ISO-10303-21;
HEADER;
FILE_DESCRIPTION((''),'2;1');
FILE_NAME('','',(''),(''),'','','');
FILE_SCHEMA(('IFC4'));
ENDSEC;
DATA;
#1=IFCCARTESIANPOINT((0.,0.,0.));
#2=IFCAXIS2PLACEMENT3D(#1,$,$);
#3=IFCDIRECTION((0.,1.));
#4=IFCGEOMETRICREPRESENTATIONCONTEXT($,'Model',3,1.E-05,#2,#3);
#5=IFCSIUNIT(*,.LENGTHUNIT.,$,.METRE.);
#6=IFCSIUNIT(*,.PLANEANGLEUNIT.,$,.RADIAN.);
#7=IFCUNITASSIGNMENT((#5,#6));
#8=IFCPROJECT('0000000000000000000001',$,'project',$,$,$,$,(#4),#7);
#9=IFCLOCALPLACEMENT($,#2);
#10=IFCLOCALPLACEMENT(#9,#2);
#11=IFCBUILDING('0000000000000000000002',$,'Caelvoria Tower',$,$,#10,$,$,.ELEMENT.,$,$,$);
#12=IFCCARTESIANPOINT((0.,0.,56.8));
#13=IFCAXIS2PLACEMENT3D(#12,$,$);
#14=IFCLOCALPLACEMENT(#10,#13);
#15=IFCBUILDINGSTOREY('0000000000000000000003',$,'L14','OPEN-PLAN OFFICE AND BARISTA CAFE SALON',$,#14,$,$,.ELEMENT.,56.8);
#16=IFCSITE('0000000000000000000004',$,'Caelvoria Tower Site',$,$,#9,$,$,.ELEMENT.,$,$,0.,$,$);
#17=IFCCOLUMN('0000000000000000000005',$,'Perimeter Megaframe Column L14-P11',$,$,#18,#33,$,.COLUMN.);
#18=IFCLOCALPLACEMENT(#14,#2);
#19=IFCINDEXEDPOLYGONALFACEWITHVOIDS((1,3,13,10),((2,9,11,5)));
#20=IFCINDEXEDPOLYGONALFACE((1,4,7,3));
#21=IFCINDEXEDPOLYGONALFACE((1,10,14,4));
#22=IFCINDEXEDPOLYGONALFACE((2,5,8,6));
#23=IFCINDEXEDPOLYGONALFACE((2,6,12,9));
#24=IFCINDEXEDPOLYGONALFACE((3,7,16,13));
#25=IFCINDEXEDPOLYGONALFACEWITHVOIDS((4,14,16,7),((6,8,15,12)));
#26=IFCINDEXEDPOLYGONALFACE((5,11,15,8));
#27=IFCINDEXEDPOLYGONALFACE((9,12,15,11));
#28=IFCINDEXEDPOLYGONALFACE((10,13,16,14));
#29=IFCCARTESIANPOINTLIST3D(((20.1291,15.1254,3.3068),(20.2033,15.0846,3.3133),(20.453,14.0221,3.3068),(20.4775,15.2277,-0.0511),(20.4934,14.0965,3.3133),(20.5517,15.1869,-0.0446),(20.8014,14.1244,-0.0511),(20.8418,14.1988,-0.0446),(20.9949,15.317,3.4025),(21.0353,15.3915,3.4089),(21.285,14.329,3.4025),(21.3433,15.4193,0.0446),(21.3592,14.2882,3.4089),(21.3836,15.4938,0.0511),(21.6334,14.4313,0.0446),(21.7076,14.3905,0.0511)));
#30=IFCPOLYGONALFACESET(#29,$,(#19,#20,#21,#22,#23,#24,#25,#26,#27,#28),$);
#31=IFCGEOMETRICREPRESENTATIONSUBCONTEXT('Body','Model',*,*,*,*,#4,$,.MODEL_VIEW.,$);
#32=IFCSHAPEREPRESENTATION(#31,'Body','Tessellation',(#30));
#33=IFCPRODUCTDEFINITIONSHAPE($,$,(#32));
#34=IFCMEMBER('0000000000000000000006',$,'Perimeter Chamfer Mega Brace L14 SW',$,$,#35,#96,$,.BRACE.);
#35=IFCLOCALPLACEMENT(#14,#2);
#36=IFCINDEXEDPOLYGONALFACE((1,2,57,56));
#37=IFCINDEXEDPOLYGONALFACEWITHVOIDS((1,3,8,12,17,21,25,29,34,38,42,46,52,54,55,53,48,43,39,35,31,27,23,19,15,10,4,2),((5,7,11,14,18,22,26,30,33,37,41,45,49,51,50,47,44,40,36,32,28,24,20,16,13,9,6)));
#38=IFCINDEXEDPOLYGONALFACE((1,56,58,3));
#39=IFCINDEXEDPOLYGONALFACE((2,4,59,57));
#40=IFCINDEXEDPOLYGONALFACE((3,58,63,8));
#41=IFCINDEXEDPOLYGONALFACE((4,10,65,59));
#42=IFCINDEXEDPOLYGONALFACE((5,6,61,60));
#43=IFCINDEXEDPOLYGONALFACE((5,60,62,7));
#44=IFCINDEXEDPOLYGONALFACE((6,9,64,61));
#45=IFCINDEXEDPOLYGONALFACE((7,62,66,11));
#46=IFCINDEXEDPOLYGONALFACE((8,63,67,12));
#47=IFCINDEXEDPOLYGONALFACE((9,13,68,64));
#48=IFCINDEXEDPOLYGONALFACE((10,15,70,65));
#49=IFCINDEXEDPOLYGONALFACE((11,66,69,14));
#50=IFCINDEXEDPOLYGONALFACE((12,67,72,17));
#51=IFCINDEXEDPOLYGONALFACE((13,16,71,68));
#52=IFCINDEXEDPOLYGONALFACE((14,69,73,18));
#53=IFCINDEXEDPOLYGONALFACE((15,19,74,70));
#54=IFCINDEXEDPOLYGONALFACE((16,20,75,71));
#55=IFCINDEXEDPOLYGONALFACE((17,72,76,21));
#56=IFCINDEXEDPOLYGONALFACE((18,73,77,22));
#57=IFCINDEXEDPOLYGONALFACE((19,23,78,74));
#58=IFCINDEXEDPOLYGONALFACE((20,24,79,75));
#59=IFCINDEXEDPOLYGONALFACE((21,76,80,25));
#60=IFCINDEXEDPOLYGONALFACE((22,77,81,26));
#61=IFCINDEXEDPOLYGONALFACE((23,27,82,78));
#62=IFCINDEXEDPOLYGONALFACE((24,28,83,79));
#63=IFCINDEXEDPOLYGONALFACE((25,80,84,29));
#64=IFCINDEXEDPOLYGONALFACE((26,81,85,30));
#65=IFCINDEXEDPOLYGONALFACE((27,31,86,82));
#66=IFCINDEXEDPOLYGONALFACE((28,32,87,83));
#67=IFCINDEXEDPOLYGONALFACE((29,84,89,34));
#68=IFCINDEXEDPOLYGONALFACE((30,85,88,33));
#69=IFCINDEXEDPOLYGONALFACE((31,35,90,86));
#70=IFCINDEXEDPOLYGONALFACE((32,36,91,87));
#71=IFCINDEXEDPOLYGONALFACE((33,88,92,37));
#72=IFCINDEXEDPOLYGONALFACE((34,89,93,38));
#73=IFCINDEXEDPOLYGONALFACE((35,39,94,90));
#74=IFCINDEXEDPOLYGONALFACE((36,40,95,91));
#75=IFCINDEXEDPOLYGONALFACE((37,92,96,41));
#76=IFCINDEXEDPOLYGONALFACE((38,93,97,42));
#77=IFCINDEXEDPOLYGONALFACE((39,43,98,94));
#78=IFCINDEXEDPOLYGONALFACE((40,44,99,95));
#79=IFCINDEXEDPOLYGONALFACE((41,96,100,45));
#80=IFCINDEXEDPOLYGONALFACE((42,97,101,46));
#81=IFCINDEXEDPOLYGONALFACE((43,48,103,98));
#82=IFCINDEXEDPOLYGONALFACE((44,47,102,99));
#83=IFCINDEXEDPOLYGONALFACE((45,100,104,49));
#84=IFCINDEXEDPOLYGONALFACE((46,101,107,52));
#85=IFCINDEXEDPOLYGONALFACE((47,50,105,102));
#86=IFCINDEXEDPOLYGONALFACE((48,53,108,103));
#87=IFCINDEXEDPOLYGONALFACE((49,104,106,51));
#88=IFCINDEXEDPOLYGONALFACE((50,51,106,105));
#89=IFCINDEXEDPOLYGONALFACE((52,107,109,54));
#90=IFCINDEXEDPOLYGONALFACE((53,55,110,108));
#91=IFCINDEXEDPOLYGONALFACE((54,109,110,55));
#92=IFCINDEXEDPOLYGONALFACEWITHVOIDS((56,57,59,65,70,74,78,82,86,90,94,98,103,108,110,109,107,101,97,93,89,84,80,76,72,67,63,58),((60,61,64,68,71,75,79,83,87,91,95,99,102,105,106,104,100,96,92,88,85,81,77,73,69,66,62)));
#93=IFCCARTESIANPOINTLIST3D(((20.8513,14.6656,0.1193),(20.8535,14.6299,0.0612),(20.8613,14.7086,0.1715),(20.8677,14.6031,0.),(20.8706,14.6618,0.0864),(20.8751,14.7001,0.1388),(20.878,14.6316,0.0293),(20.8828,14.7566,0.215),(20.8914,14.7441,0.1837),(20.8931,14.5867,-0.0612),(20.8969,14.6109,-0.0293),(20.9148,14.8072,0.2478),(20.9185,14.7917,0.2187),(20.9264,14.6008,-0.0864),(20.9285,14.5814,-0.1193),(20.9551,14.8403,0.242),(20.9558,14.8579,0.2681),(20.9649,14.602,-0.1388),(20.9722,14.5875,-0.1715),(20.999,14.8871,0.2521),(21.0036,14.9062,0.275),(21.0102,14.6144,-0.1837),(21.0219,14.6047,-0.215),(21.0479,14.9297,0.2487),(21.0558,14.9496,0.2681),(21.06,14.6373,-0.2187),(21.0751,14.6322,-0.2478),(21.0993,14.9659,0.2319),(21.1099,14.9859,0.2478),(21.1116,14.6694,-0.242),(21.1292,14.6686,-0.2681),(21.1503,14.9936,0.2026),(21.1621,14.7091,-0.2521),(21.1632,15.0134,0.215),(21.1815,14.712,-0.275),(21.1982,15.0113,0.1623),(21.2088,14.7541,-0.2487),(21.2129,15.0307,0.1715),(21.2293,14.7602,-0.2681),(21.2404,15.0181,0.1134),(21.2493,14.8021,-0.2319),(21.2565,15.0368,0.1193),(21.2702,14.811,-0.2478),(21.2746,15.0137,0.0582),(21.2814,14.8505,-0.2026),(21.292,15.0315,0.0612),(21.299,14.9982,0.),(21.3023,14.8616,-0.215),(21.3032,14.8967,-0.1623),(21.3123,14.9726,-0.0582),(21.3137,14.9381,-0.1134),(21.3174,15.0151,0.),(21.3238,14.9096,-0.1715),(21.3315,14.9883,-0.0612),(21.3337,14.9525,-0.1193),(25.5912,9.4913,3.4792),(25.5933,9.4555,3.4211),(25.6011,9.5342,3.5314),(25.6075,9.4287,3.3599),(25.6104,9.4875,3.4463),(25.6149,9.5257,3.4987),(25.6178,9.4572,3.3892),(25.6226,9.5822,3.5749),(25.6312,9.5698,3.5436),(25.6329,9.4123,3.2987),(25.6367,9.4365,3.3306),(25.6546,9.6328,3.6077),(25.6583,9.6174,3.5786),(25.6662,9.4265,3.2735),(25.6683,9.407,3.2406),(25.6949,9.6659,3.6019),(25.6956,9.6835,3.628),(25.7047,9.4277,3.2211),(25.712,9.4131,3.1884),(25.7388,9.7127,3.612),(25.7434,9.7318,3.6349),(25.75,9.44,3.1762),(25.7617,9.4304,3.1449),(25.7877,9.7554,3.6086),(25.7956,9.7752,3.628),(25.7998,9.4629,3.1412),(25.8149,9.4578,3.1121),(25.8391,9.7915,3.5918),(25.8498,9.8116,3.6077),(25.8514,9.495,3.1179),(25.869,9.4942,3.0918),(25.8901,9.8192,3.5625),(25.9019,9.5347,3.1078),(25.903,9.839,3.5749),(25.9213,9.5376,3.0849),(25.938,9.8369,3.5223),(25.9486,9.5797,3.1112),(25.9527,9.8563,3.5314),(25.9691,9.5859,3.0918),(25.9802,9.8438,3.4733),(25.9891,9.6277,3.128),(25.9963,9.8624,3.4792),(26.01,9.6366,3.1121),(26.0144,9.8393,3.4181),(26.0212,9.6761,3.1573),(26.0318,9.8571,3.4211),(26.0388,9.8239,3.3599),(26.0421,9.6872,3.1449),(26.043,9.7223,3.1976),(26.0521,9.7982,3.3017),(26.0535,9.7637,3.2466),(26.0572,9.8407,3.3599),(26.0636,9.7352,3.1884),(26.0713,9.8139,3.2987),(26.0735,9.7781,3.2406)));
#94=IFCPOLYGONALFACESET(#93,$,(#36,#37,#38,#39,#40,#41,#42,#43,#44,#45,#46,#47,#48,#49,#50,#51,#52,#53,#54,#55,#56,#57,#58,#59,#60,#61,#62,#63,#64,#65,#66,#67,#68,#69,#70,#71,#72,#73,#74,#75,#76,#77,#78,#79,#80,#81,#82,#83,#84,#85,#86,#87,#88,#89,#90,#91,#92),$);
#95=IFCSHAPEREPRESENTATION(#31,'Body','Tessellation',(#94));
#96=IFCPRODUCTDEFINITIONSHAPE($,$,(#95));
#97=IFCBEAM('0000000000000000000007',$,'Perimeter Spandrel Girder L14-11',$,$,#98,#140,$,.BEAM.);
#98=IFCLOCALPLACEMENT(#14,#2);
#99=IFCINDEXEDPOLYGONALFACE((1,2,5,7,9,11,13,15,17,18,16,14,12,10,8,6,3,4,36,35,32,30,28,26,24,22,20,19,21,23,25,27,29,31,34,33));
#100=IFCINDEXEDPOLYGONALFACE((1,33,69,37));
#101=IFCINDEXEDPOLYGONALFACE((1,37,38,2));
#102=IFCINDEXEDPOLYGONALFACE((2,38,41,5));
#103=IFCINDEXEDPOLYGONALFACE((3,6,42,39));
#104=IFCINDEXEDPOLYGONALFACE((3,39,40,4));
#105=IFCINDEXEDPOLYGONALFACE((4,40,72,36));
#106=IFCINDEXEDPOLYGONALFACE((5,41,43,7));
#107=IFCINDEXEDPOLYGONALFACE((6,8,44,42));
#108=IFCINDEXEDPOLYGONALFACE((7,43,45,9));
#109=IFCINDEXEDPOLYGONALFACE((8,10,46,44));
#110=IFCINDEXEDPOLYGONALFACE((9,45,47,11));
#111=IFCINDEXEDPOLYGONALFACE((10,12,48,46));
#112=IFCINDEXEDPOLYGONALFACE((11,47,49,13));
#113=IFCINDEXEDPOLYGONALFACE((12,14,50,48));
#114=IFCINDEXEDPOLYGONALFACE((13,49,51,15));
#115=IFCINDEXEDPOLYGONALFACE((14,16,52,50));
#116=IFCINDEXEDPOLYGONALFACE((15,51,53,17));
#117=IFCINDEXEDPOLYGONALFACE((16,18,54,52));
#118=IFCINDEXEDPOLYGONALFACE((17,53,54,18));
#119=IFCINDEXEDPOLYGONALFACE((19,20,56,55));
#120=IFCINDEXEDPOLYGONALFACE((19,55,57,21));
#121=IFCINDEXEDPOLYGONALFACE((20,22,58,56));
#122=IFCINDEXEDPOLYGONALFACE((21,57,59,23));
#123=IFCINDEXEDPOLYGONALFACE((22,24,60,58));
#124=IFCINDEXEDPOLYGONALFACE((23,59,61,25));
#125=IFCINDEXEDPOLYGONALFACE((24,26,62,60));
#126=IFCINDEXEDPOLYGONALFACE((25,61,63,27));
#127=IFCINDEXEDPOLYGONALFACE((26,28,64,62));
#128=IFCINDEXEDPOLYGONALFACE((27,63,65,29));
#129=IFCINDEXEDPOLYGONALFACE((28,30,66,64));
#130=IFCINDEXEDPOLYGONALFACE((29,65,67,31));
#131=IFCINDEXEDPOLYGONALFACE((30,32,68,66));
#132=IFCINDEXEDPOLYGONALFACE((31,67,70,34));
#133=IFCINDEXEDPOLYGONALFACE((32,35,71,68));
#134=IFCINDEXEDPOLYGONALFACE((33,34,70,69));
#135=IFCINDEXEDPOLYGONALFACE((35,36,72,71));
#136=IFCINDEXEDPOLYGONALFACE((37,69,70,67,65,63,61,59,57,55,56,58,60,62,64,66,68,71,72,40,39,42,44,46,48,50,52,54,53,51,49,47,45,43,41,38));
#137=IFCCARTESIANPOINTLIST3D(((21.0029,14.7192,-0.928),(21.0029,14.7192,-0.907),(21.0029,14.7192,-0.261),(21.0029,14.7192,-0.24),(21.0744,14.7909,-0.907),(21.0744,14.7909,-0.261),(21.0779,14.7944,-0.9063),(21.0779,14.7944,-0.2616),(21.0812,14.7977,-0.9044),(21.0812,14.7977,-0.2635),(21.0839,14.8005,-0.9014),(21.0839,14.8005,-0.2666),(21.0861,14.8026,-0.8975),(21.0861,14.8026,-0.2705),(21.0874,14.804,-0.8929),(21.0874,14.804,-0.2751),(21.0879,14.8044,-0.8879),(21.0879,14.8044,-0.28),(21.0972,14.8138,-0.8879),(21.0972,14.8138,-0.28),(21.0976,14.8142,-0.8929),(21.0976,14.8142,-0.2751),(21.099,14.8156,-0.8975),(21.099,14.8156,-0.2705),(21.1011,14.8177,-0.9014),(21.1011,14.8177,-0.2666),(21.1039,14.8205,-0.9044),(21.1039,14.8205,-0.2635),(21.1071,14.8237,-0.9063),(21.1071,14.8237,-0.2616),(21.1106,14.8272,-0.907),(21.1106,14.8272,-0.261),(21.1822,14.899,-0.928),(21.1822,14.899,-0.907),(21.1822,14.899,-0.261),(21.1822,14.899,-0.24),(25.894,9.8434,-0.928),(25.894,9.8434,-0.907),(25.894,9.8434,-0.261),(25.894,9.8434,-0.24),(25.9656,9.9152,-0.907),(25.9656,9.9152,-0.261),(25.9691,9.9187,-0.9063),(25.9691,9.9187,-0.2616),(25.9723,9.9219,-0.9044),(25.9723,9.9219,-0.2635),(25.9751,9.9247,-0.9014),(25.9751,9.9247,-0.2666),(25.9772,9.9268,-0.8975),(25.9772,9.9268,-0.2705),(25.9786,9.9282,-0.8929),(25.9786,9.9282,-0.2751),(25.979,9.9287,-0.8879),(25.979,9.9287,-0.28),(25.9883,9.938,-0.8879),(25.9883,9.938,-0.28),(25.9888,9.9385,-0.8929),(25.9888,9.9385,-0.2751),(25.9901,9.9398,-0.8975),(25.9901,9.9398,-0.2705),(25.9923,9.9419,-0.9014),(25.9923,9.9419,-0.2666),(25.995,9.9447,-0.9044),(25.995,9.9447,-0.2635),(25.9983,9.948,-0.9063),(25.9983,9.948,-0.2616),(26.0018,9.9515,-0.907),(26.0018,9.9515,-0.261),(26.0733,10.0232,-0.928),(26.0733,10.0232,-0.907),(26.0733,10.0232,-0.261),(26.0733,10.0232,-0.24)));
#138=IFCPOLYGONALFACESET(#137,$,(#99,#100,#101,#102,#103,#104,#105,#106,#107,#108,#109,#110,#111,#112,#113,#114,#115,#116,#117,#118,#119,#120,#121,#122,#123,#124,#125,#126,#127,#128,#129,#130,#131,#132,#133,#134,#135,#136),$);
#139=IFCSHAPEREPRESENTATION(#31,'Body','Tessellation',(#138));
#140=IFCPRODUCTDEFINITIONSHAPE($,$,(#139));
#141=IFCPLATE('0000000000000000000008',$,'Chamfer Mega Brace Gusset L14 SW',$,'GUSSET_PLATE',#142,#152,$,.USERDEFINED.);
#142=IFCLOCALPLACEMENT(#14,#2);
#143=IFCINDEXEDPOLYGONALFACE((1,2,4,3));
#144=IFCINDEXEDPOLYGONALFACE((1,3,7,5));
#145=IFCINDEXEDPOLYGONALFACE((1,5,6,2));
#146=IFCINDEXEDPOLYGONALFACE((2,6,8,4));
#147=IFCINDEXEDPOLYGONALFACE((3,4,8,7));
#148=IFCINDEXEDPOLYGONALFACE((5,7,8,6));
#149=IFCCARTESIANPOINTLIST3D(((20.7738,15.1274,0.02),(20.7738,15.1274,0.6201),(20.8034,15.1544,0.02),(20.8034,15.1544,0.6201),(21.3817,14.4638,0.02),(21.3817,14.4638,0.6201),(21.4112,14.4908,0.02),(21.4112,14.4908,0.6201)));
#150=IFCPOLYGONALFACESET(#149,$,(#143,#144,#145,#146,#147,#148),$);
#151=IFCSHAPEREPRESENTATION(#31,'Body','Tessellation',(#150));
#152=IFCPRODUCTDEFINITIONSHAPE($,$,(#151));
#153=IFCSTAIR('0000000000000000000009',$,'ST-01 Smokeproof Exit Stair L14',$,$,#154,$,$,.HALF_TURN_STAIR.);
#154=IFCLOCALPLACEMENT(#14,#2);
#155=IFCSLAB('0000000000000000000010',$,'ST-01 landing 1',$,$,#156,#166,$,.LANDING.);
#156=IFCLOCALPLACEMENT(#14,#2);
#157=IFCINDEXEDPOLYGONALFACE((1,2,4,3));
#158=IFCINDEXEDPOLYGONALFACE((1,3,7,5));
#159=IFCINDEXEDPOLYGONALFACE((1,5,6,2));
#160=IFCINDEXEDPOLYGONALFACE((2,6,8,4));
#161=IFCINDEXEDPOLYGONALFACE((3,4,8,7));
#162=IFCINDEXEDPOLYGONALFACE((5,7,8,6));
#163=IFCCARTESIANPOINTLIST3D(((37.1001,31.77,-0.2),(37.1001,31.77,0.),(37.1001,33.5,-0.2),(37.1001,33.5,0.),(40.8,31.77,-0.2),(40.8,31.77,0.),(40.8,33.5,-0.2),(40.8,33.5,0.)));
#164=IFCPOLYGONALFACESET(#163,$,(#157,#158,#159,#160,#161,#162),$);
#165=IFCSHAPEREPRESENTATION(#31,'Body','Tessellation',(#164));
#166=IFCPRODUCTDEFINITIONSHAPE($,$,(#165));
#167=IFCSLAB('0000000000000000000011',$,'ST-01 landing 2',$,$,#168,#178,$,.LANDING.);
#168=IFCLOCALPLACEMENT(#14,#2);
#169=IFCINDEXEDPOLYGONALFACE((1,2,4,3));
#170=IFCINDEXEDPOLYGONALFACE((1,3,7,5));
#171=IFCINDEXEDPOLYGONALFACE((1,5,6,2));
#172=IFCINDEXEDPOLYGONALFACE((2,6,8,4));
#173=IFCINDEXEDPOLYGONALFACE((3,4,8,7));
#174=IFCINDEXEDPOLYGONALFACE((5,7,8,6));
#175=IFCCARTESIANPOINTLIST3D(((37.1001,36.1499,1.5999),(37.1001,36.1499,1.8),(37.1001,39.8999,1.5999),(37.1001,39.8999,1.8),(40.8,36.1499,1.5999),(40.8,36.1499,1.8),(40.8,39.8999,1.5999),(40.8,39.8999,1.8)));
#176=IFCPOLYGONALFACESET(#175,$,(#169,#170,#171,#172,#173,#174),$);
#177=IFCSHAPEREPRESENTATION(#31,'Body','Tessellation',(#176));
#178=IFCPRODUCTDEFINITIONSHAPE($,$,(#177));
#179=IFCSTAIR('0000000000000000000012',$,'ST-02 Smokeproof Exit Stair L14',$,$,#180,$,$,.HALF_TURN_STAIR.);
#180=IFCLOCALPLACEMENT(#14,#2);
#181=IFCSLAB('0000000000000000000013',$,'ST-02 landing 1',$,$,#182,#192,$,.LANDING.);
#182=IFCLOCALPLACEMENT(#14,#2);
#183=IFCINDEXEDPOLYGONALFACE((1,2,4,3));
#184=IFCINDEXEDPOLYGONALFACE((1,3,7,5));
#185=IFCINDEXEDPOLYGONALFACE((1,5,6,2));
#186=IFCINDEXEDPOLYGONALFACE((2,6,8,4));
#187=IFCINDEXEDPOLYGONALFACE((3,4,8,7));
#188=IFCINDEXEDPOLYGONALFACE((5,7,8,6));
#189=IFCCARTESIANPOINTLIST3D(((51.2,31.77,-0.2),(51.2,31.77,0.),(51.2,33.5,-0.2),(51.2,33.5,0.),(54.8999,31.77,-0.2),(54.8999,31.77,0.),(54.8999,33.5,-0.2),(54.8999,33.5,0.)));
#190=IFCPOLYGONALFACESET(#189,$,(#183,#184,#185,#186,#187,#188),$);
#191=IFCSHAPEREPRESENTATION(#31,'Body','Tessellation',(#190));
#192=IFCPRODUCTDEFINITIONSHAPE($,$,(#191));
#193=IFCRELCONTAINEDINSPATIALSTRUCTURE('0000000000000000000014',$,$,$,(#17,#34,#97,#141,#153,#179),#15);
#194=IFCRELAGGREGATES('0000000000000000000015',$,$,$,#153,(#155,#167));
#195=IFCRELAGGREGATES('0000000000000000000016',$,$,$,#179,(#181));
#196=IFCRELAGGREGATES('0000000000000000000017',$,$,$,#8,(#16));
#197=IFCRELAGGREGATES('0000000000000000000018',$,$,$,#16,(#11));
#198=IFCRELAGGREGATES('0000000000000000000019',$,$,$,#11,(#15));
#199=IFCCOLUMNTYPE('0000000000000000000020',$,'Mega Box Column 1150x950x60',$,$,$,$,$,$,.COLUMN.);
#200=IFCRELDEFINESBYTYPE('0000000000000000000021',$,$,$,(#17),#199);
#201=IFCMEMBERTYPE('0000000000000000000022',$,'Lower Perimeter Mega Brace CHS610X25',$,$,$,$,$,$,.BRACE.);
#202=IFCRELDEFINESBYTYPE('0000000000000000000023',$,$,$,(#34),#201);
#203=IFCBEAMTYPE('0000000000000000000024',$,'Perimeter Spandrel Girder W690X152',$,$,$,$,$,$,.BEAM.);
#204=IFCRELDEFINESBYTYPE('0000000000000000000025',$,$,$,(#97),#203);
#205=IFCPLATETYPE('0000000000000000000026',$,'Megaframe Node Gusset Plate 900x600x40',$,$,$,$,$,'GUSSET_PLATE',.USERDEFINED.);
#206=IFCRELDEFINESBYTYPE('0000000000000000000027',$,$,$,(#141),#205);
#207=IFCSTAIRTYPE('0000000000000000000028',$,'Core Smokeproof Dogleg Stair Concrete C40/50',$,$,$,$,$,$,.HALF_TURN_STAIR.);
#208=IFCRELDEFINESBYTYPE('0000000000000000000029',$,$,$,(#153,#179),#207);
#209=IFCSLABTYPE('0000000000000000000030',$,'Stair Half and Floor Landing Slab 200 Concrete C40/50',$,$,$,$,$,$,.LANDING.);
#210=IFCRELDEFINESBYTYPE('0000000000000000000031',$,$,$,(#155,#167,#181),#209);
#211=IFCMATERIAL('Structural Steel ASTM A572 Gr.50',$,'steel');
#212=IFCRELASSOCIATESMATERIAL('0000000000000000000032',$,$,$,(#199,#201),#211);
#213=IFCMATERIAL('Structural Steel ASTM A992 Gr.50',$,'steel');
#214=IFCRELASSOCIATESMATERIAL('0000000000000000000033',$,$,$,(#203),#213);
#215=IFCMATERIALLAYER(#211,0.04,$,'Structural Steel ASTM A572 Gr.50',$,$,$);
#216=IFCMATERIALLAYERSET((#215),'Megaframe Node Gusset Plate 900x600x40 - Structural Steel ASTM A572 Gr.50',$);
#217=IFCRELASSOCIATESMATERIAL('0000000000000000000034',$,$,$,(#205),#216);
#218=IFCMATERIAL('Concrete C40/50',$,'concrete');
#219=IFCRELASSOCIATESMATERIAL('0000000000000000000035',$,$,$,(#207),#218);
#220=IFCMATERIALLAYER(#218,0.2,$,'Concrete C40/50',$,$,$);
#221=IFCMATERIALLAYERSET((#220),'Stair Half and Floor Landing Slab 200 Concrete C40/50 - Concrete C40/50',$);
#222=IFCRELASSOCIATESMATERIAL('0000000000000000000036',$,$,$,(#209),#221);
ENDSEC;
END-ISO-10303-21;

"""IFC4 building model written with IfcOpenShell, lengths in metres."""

from ifc_helpers import new_model, si_unit, direction, frame, origin, origin_2d, place, context, subcontext, project, spatial, polyline, rectangle, hollow_rectangle, hollow_circle, i_section, outline, extrude, material, layer, layer_set, material_profile, profile_set, type_object, element, aggregate, save


model = new_model("IFC4")

# Units and contexts
model_context = context("Model", 3, precision=1e-05, world=origin(), true_north=direction((0.0, 1.0)))
body_context = subcontext(model_context, "Body", "Model", "MODEL_VIEW")
ifc_project = project(units=[si_unit("LENGTHUNIT", "METRE"), si_unit("PLANEANGLEUNIT", "RADIAN")], contexts=[model_context])

# Site, building, storey
site_placement = place(None, origin())
site = spatial("IfcSite", under=ifc_project, at=site_placement, Name="Caelvoria Tower Site", CompositionType="ELEMENT", RefElevation=0.0)
building_placement = place(site_placement, origin())
building = spatial("IfcBuilding", under=site, at=building_placement, Name="Caelvoria Tower", CompositionType="ELEMENT")
storey_placement = place(building_placement, frame((0.0, 0.0, 56.8)))
storey = spatial("IfcBuildingStorey", under=building, at=storey_placement, Name="L14", Description="OPEN-PLAN OFFICE AND BARISTA CAFE SALON", CompositionType="ELEMENT", Elevation=56.8)

# Column
ifc_material_1 = material(Name="Structural Steel ASTM A572 Gr.50", Category="steel")
ifc_material_profile_1 = material_profile(ifc_material_1, hollow_rectangle(XDim=0.95, YDim=1.1499, WallThickness=0.0601, at=origin_2d()), Name="Structural Steel ASTM A572 Gr.50")
ifc_profile_set_1 = profile_set([ifc_material_profile_1], Name="BOX1150X950X60 - Structural Steel ASTM A572 Gr.50")
column_type = type_object("IfcColumnType", Name="Mega Box Column 1150x950x60", PredefinedType="COLUMN", material=ifc_profile_set_1)
column_placement = place(storey_placement, frame((21.0925, 14.8091, 0.0), z_axis=(-0.10315, -0.030287, 0.994205), x_axis=(0.953933, 0.280097, 0.107505)))
element("IfcColumn", 1, at=column_placement, inside=storey, type_object=column_type, Name="Perimeter Megaframe Column L14-P11", PredefinedType="COLUMN", context=body_context, shape_type="SweptSolid", body=[
    extrude(hollow_rectangle(XDim=0.95, YDim=1.1499, WallThickness=0.0601, at=origin_2d()), origin(), (0.0, 0.0, 1.0), 3.3774),
])

# Member
ifc_material_profile_2 = material_profile(ifc_material_1, hollow_circle(Radius=0.3049, WallThickness=0.0249, at=origin_2d()), Name="Structural Steel ASTM A572 Gr.50")
ifc_profile_set_2 = profile_set([ifc_material_profile_2], Name="CHS610X25 - Structural Steel ASTM A572 Gr.50")
member_type = type_object("IfcMemberType", Name="Lower Perimeter Mega Brace CHS610X25", PredefinedType="BRACE", material=ifc_profile_set_2)
member_placement = place(storey_placement, frame((21.0925, 14.8091, 0.0), z_axis=(0.609227, -0.665085, 0.431863), x_axis=(0.737394, 0.675463, 0.0)))
element("IfcMember", 2, at=member_placement, inside=storey, type_object=member_type, Name="Perimeter Chamfer Mega Brace L14 SW", PredefinedType="BRACE", context=body_context, shape_type="SweptSolid", body=[
    extrude(hollow_circle(Radius=0.3049, WallThickness=0.0249, at=origin_2d()), origin(), (0.0, 0.0, 1.0), 7.78),
])

# Beam
ifc_material_2 = material(Name="Structural Steel ASTM A992 Gr.50", Category="steel")
ifc_material_profile_3 = material_profile(ifc_material_2, i_section(OverallWidth=0.2539, OverallDepth=0.688, WebThickness=0.0132, FlangeThickness=0.021, FilletRadius=0.019, at=origin_2d()), Name="Structural Steel ASTM A992 Gr.50")
ifc_profile_set_3 = profile_set([ifc_material_profile_3], Name="W690X152 - Structural Steel ASTM A992 Gr.50")
beam_type = type_object("IfcBeamType", Name="Perimeter Spandrel Girder W690X152", PredefinedType="BEAM", material=ifc_profile_set_3)
beam_placement = place(storey_placement, frame((21.0925, 14.8091, -0.584), z_axis=(0.708219, -0.705992, 0.0), x_axis=(0.705992, 0.708219, 0.0)))
element("IfcBeam", 3, at=beam_placement, inside=storey, type_object=beam_type, Name="Perimeter Spandrel Girder L14-11", PredefinedType="BEAM", context=body_context, shape_type="SweptSolid", body=[
    extrude(i_section(OverallWidth=0.2539, OverallDepth=0.688, WebThickness=0.0132, FlangeThickness=0.021, FilletRadius=0.019, at=origin_2d()), origin(), (0.0, 0.0, 1.0), 6.9062),
])

# Plate
ifc_layer_1 = layer(ifc_material_1, 0.04, Name="Structural Steel ASTM A572 Gr.50")
ifc_layer_set_1 = layer_set([ifc_layer_1], Name="Megaframe Node Gusset Plate 900x600x40 - Structural Steel ASTM A572 Gr.50")
plate_type = type_object("IfcPlateType", Name="Megaframe Node Gusset Plate 900x600x40", ElementType="GUSSET_PLATE", PredefinedType="USERDEFINED", material=ifc_layer_set_1)
plate_placement = place(storey_placement, frame((21.0925, 14.8091, 0.02), z_axis=(0.0, 0.0, 1.0), x_axis=(0.675453, -0.737403, 0.0)))
element("IfcPlate", 4, at=plate_placement, inside=storey, type_object=plate_type, Name="Chamfer Mega Brace Gusset L14 SW", ObjectType="GUSSET_PLATE", PredefinedType="USERDEFINED", context=body_context, shape_type="SweptSolid", body=[
    extrude(rectangle(XDim=0.8999, YDim=0.04, at=origin_2d()), origin(), (0.0, 0.0, 1.0), 0.6001),
])

# Stairs, slabs
ifc_material_3 = material(Name="Concrete C40/50", Category="concrete")
stair_type = type_object("IfcStairType", Name="Core Smokeproof Dogleg Stair Concrete C40/50", PredefinedType="HALF_TURN_STAIR", material=ifc_material_3)
stair_1_placement = place(storey_placement, origin())
stair_1 = element("IfcStair", 5, at=stair_1_placement, inside=storey, type_object=stair_type, Name="ST-01 Smokeproof Exit Stair L14", PredefinedType="HALF_TURN_STAIR")
ifc_layer_2 = layer(ifc_material_3, 0.2, Name="Concrete C40/50")
ifc_layer_set_2 = layer_set([ifc_layer_2], Name="Stair Half and Floor Landing Slab 200 Concrete C40/50 - Concrete C40/50")
slab_type_1 = type_object("IfcSlabType", Name="Stair Half and Floor Landing Slab 200 Concrete C40/50", PredefinedType="LANDING", material=ifc_layer_set_2)
slab_1_placement = place(storey_placement, frame((0.0, 0.0, -0.2)))
slab_1 = element("IfcSlab", 6, at=slab_1_placement, type_object=slab_type_1, Name="ST-01 landing 1", PredefinedType="LANDING", context=body_context, shape_type="SweptSolid", body=[
    extrude(outline(polyline([(37.1001, 31.77), (40.8, 31.77), (40.8, 33.5), (37.1001, 33.5), (37.1001, 31.77)])), origin(), (0.0, 0.0, 1.0), 0.2),
])
slab_2_placement = place(storey_placement, frame((0.0, 0.0, 1.5999)))
slab_2 = element("IfcSlab", 7, at=slab_2_placement, type_object=slab_type_1, Name="ST-01 landing 2", PredefinedType="LANDING", context=body_context, shape_type="SweptSolid", body=[
    extrude(outline(polyline([(37.1001, 36.1499), (40.8, 36.1499), (40.8, 39.8999), (37.1001, 39.8999), (37.1001, 36.1499)])), origin(), (0.0, 0.0, 1.0), 0.2002),
])
aggregate(stair_1, [slab_1, slab_2])
stair_2_placement = place(storey_placement, origin())
stair_2 = element("IfcStair", 8, at=stair_2_placement, inside=storey, type_object=stair_type, Name="ST-02 Smokeproof Exit Stair L14", PredefinedType="HALF_TURN_STAIR")
slab_3_placement = place(storey_placement, frame((0.0, 0.0, -0.2)))
slab_3 = element("IfcSlab", 9, at=slab_3_placement, type_object=slab_type_1, Name="ST-02 landing 1", PredefinedType="LANDING", context=body_context, shape_type="SweptSolid", body=[
    extrude(outline(polyline([(51.2, 31.77), (54.8999, 31.77), (54.8999, 33.5), (51.2, 33.5), (51.2, 31.77)])), origin(), (0.0, 0.0, 1.0), 0.2),
])
aggregate(stair_2, [slab_3])

save(model, "model.ifc")
